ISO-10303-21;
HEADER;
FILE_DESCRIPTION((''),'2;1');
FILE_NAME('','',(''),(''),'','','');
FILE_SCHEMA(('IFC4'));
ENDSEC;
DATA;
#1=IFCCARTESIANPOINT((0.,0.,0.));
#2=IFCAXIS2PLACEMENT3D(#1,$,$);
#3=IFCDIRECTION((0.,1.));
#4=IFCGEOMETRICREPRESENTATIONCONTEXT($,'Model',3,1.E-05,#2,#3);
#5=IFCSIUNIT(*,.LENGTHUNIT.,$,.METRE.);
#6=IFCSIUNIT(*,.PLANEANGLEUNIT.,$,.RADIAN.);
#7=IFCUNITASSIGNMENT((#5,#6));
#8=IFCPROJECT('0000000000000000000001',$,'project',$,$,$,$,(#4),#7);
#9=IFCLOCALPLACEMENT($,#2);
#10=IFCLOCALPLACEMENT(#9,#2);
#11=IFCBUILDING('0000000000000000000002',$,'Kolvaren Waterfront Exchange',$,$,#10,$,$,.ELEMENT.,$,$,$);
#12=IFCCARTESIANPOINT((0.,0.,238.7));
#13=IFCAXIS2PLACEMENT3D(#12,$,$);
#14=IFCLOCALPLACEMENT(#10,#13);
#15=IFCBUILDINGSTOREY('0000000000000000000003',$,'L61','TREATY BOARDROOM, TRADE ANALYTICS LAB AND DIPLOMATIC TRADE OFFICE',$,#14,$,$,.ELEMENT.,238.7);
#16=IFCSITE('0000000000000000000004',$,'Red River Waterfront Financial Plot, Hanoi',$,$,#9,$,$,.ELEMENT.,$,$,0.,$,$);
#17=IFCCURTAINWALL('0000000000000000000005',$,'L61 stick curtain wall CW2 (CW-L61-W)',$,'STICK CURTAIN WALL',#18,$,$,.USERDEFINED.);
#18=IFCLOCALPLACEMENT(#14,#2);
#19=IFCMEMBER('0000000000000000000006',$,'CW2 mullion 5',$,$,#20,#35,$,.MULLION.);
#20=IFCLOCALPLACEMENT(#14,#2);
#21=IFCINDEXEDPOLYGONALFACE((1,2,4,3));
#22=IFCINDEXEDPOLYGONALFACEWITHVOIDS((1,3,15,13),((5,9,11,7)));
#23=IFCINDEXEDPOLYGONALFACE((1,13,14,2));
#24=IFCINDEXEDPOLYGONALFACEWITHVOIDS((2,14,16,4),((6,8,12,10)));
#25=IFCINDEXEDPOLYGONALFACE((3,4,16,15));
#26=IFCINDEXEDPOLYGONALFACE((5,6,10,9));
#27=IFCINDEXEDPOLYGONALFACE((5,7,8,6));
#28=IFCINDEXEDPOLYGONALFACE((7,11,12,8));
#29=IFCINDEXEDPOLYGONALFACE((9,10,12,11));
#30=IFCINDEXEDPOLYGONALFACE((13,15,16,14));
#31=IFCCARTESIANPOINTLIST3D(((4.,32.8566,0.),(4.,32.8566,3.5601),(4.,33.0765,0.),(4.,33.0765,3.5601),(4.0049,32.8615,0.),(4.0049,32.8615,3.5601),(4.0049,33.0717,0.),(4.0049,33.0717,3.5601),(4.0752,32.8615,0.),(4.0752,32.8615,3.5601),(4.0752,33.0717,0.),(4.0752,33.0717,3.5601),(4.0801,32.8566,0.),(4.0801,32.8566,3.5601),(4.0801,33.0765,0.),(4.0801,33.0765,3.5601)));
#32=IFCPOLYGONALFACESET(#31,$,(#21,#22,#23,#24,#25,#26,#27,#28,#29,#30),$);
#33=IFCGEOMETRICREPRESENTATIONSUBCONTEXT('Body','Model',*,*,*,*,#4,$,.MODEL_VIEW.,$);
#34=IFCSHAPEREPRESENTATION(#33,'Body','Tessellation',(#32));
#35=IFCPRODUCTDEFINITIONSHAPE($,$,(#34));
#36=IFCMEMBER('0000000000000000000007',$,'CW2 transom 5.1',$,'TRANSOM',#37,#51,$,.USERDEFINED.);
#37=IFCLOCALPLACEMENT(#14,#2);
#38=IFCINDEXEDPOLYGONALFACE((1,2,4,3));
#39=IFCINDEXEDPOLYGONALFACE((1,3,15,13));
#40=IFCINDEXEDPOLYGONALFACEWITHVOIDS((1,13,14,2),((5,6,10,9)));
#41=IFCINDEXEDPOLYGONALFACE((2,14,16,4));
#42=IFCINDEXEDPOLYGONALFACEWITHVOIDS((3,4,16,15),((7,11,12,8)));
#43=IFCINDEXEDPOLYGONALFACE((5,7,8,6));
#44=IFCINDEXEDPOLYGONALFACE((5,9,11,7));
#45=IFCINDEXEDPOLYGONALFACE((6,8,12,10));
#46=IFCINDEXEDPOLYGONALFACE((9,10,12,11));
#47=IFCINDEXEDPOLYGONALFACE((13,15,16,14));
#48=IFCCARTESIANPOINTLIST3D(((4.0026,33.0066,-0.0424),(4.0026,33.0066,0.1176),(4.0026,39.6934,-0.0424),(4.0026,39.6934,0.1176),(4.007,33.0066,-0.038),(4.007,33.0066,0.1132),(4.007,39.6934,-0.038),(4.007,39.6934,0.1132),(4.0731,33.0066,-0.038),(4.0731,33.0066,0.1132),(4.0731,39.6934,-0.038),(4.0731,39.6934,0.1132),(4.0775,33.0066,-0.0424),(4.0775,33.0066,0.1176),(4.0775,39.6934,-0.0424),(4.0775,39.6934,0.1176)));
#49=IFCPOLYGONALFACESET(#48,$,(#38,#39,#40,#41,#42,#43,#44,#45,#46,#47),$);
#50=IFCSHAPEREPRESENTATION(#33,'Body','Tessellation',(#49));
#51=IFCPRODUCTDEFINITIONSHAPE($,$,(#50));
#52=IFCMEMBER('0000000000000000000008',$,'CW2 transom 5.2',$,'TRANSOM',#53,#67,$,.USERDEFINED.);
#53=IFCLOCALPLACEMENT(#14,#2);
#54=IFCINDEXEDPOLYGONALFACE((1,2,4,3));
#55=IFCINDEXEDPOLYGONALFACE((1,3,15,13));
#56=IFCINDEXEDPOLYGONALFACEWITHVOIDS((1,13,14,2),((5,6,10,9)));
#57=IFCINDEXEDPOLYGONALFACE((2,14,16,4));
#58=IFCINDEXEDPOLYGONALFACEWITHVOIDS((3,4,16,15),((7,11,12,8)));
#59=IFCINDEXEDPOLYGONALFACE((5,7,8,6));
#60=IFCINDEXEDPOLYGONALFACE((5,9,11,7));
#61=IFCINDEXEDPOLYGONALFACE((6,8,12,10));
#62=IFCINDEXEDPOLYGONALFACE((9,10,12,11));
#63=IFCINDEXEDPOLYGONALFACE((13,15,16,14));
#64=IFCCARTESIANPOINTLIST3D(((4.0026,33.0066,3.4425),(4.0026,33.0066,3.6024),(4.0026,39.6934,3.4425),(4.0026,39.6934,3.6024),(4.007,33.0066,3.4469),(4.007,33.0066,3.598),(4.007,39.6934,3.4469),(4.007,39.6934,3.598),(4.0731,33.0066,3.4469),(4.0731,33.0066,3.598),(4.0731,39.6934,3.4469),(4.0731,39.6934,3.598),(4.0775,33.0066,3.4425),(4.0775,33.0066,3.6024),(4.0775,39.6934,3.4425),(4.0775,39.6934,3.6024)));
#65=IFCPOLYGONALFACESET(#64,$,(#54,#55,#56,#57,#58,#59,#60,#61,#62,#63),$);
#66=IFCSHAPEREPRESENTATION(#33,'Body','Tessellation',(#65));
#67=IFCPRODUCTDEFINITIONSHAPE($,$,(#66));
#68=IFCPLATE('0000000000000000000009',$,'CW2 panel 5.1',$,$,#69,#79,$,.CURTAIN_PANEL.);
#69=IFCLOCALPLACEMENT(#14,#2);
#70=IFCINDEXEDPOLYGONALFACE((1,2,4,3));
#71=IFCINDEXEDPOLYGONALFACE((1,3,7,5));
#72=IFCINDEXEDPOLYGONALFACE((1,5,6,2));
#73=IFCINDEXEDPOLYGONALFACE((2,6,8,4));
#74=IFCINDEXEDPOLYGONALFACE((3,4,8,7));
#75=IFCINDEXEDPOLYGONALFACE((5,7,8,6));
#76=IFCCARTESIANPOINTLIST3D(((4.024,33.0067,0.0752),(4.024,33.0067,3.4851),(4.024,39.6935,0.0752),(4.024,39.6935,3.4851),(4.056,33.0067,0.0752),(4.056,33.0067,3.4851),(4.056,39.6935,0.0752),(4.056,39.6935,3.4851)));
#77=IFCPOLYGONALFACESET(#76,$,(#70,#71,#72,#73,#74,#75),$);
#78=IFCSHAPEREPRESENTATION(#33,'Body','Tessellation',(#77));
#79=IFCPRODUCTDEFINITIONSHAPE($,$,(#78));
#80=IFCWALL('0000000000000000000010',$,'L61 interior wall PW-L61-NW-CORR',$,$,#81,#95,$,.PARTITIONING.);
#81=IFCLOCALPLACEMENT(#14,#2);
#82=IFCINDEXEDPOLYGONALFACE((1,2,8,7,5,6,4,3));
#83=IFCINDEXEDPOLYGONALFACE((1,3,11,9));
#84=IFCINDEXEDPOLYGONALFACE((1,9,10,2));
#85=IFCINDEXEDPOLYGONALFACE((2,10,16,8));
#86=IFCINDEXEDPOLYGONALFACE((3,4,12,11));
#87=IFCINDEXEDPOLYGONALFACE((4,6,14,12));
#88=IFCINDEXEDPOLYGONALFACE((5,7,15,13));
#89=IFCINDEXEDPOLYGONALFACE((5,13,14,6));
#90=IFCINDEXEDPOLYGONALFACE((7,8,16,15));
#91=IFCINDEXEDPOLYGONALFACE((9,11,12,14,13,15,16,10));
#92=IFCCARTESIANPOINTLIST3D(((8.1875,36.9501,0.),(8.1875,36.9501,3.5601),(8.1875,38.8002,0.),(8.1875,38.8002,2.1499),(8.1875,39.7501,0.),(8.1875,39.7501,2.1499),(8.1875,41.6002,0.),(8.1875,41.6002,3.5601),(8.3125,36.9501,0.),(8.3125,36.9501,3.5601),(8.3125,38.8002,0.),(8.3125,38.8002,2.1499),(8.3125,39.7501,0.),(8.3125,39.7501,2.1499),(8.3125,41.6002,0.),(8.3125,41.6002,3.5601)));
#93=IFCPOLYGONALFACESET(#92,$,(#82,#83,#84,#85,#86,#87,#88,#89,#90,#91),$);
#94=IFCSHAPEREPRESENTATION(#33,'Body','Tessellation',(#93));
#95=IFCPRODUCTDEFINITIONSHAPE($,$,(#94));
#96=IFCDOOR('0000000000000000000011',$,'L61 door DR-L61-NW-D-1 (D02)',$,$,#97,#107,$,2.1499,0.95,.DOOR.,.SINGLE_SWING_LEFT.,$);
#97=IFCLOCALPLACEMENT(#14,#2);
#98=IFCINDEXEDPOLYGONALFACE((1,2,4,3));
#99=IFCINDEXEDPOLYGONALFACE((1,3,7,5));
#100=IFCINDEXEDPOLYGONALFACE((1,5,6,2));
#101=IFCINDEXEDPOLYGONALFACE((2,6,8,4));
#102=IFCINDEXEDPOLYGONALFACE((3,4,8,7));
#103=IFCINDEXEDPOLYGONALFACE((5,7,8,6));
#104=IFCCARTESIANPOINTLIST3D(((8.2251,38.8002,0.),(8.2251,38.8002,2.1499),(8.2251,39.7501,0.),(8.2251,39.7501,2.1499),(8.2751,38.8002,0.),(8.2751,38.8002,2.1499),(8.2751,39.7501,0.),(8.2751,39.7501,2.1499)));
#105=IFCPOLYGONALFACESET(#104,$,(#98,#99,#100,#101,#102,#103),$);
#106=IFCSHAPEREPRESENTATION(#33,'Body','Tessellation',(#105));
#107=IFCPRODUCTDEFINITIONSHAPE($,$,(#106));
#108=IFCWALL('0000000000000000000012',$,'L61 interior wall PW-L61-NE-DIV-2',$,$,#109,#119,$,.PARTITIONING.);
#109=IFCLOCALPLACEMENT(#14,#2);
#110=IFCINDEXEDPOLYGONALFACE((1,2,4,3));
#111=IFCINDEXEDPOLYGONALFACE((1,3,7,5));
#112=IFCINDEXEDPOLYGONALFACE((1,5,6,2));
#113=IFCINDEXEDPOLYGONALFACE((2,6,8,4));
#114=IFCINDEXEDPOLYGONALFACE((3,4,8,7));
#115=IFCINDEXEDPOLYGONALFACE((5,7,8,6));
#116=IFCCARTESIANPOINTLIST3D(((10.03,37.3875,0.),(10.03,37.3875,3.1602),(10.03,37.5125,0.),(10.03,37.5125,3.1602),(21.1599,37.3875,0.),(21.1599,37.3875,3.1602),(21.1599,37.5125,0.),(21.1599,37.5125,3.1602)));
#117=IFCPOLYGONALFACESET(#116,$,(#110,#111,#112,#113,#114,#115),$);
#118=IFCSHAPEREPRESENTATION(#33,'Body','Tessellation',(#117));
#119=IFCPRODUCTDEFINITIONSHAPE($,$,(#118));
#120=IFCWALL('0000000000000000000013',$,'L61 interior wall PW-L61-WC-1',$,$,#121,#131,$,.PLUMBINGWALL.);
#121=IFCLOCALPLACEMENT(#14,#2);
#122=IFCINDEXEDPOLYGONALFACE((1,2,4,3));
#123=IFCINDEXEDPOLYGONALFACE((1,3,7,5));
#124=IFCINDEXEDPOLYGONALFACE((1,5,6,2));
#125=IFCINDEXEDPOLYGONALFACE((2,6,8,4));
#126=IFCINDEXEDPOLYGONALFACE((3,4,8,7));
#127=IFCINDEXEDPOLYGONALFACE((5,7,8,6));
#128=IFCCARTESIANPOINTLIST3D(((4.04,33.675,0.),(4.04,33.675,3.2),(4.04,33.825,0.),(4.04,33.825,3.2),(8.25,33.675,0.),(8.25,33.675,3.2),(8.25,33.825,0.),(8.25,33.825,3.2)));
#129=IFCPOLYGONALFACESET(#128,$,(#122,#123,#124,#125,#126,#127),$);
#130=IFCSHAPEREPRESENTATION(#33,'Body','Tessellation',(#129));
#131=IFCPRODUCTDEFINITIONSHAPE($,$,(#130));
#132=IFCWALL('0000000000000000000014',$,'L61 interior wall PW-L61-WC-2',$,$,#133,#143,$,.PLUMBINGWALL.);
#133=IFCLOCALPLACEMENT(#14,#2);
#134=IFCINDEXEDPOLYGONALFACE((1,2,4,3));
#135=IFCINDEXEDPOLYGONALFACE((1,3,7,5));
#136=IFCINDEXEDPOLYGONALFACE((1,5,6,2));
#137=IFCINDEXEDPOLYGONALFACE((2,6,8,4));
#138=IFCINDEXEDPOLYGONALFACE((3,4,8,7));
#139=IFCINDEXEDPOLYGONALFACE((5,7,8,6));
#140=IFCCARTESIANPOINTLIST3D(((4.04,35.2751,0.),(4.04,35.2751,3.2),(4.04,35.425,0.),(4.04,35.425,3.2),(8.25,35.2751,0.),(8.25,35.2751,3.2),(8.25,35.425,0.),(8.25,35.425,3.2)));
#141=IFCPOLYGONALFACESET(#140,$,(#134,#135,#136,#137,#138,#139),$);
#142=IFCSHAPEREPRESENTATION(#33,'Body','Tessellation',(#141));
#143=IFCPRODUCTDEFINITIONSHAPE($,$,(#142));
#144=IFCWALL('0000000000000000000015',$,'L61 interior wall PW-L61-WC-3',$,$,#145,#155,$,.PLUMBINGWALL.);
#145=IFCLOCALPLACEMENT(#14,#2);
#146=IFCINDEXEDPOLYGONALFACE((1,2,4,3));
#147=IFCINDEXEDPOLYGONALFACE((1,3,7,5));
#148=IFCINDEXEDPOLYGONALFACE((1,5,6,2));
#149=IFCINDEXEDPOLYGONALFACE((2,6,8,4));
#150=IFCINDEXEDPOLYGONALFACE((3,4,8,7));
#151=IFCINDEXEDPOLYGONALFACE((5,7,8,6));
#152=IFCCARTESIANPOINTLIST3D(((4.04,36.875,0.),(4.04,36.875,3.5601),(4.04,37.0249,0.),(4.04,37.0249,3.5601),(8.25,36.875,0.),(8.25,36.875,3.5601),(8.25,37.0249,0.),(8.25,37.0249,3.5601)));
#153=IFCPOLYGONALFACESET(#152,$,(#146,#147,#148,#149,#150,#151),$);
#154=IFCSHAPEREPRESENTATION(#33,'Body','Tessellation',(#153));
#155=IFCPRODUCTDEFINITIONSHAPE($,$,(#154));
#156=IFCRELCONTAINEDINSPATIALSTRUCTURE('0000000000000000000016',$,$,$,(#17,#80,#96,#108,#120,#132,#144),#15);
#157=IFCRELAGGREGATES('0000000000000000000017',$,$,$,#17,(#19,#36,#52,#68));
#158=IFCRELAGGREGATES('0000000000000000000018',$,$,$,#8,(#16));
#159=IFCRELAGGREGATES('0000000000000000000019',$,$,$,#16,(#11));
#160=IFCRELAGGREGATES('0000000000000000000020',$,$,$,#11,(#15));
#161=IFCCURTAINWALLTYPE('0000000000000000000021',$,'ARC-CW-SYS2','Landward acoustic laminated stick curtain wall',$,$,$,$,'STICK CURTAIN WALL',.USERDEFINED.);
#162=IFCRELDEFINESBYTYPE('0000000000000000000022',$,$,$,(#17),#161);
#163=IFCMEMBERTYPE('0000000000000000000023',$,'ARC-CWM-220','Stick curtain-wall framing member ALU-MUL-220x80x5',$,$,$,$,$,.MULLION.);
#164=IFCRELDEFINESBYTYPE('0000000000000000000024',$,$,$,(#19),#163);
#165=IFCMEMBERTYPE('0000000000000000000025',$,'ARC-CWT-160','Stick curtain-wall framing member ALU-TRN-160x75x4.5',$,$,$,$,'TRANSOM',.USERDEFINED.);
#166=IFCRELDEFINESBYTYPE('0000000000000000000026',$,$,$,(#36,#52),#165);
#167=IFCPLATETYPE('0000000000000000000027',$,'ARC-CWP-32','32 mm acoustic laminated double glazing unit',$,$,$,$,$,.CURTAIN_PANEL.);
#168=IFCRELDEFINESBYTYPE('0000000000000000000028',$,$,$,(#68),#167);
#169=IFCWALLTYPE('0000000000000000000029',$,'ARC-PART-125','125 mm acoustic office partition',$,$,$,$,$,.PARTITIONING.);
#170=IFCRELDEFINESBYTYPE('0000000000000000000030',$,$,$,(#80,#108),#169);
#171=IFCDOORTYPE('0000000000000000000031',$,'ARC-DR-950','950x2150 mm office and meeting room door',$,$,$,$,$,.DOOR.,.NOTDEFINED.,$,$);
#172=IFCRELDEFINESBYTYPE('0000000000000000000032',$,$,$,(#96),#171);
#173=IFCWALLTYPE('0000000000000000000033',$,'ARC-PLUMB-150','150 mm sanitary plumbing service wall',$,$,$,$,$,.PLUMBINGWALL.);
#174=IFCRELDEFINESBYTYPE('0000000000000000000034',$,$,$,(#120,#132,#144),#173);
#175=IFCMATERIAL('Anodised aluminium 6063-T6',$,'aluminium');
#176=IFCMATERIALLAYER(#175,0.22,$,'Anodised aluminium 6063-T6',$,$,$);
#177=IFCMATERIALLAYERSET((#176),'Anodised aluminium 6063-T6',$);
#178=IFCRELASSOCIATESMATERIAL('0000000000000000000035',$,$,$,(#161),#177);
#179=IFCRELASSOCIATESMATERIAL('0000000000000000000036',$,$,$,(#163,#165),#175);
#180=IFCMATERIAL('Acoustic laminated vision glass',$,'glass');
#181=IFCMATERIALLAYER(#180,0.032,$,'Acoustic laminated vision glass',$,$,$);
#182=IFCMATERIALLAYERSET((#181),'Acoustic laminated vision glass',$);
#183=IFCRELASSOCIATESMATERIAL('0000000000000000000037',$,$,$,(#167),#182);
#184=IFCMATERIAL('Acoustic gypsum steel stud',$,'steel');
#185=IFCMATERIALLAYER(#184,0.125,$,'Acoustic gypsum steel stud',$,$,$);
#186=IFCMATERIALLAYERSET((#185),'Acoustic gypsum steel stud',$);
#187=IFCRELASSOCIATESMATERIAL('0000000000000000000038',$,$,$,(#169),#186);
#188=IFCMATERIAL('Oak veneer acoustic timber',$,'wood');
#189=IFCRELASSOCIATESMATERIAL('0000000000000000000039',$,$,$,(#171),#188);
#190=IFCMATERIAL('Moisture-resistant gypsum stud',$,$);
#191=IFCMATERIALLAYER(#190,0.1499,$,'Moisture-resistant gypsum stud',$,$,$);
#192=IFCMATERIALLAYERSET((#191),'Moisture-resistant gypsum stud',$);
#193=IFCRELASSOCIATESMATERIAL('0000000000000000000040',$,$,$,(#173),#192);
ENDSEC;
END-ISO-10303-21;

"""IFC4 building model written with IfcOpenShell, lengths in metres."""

from ifc_helpers import new_model, si_unit, direction, frame, frame_2d, origin, origin_with_axes, origin_2d, place, context, subcontext, project, spatial, rectangle, hollow_rectangle, extrude, source, transform, mapped, material, layer, layer_set, material_profile, profile_set, type_object, element, fill, aggregate, save


model = new_model("IFC4")

# Units and contexts
model_context = context("Model", 3, precision=1e-05, world=origin(), true_north=direction((0.0, 1.0)))
body_context = subcontext(model_context, "Body", "Model", "MODEL_VIEW")
ifc_project = project(units=[si_unit("LENGTHUNIT", "METRE"), si_unit("PLANEANGLEUNIT", "RADIAN")], contexts=[model_context])

# Site, building, storey
site_placement = place(None, origin())
site = spatial("IfcSite", under=ifc_project, at=site_placement, Name="Red River Waterfront Financial Plot, Hanoi", CompositionType="ELEMENT", RefElevation=0.0)
building_placement = place(site_placement, origin())
building = spatial("IfcBuilding", under=site, at=building_placement, Name="Kolvaren Waterfront Exchange", CompositionType="ELEMENT")
storey_placement = place(building_placement, frame((0.0, 0.0, 238.7)))
storey = spatial("IfcBuildingStorey", under=building, at=storey_placement, Name="L61", Description="TREATY BOARDROOM, TRADE ANALYTICS LAB AND DIPLOMATIC TRADE OFFICE", CompositionType="ELEMENT", Elevation=238.7)

# Curtain wall, members, plate
ifc_material_1 = material(Name="Anodised aluminium 6063-T6", Category="aluminium")
ifc_layer_1 = layer(ifc_material_1, 0.22, Name="Anodised aluminium 6063-T6")
ifc_layer_set_1 = layer_set([ifc_layer_1], Name="Anodised aluminium 6063-T6")
curtain_wall_type = type_object("IfcCurtainWallType", Name="ARC-CW-SYS2", Description="Landward acoustic laminated stick curtain wall", ElementType="STICK CURTAIN WALL", PredefinedType="USERDEFINED", material=ifc_layer_set_1)
curtain_wall_placement = place(storey_placement, origin())
curtain_wall = element("IfcCurtainWall", 1, at=curtain_wall_placement, inside=storey, type_object=curtain_wall_type, Name="L61 stick curtain wall CW2 (CW-L61-W)", ObjectType="STICK CURTAIN WALL", PredefinedType="USERDEFINED")
ifc_material_profile_1 = material_profile(ifc_material_1, hollow_rectangle(XDim=0.0801, YDim=0.22, WallThickness=0.0049, at=origin_2d()), Name="ALU-MUL-220x80x5")
ifc_profile_set_1 = profile_set([ifc_material_profile_1], Name="Anodised aluminium 6063-T6")
member_type_1 = type_object("IfcMemberType", Name="ARC-CWM-220", Description="Stick curtain-wall framing member ALU-MUL-220x80x5", PredefinedType="MULLION", material=ifc_profile_set_1)
shared_shape_1 = source(origin_with_axes(), body_context, "Body", "SweptSolid", [
    extrude(hollow_rectangle(XDim=0.0801, YDim=0.22, WallThickness=0.0049, at=origin_2d()), origin(), (0.0, 0.0, 1.0), 3.5601),
])
member_1_placement = place(storey_placement, frame((4.04, 32.9666, 0.0), z_axis=(0.0, 0.0, 1.0), x_axis=(-1.0, 0.0, 0.0)))
member_1 = element("IfcMember", 2, at=member_1_placement, type_object=member_type_1, Name="CW2 mullion 5", PredefinedType="MULLION", context=body_context, shape_type="MappedRepresentation", body=[
    mapped(shared_shape_1, transform((0.0, 0.0, 0.0), x_axis=(1.0, 0.0, 0.0), y_axis=(0.0, 1.0, 0.0), z_axis=(0.0, 0.0, 1.0), scale=1.0)),
])
ifc_material_profile_2 = material_profile(ifc_material_1, hollow_rectangle(XDim=0.075, YDim=0.1599, WallThickness=0.0044, at=origin_2d()), Name="ALU-TRN-160x75x4.5")
ifc_profile_set_2 = profile_set([ifc_material_profile_2], Name="Anodised aluminium 6063-T6")
member_type_2 = type_object("IfcMemberType", Name="ARC-CWT-160", Description="Stick curtain-wall framing member ALU-TRN-160x75x4.5", ElementType="TRANSOM", PredefinedType="USERDEFINED", material=ifc_profile_set_2)
shared_shape_2 = source(origin_with_axes(), body_context, "Body", "SweptSolid", [
    extrude(hollow_rectangle(XDim=0.075, YDim=0.1599, WallThickness=0.0044, at=origin_2d()), origin(), (0.0, 0.0, 1.0), 6.6868),
])
member_2_placement = place(storey_placement, frame((4.04, 33.0066, 0.0376), z_axis=(0.0, 1.0, 0.0), x_axis=(-1.0, 0.0, 0.0)))
member_2 = element("IfcMember", 3, at=member_2_placement, type_object=member_type_2, Name="CW2 transom 5.1", ObjectType="TRANSOM", PredefinedType="USERDEFINED", context=body_context, shape_type="MappedRepresentation", body=[
    mapped(shared_shape_2, transform((0.0, 0.0, 0.0), x_axis=(1.0, 0.0, 0.0), y_axis=(0.0, 1.0, 0.0), z_axis=(0.0, 0.0, 1.0), scale=1.0)),
])
member_3_placement = place(storey_placement, frame((4.04, 33.0066, 3.5225), z_axis=(0.0, 1.0, 0.0), x_axis=(-1.0, 0.0, 0.0)))
member_3 = element("IfcMember", 4, at=member_3_placement, type_object=member_type_2, Name="CW2 transom 5.2", ObjectType="TRANSOM", PredefinedType="USERDEFINED", context=body_context, shape_type="MappedRepresentation", body=[
    mapped(shared_shape_2, transform((0.0, 0.0, 0.0), x_axis=(1.0, 0.0, 0.0), y_axis=(0.0, 1.0, 0.0), z_axis=(0.0, 0.0, 1.0), scale=1.0)),
])
ifc_material_2 = material(Name="Acoustic laminated vision glass", Category="glass")
ifc_layer_2 = layer(ifc_material_2, 0.032, Name="Acoustic laminated vision glass")
ifc_layer_set_2 = layer_set([ifc_layer_2], Name="Acoustic laminated vision glass")
plate_type = type_object("IfcPlateType", Name="ARC-CWP-32", Description="32 mm acoustic laminated double glazing unit", PredefinedType="CURTAIN_PANEL", material=ifc_layer_set_2)
shared_shape_3 = source(origin_with_axes(), body_context, "Body", "SweptSolid", [
    extrude(rectangle(XDim=6.6868, YDim=0.032, at=origin_2d()), origin(), (0.0, 0.0, 1.0), 3.4099),
])
plate_placement = place(storey_placement, frame((4.04, 36.3501, 0.0752), z_axis=(0.0, 0.0, 1.0), x_axis=(0.0, 1.0, 0.0)))
plate = element("IfcPlate", 5, at=plate_placement, type_object=plate_type, Name="CW2 panel 5.1", PredefinedType="CURTAIN_PANEL", context=body_context, shape_type="MappedRepresentation", body=[
    mapped(shared_shape_3, transform((0.0, 0.0, 0.0), x_axis=(1.0, 0.0, 0.0), y_axis=(0.0, 1.0, 0.0), z_axis=(0.0, 0.0, 1.0), scale=1.0)),
])
aggregate(curtain_wall, [member_1, member_2, member_3, plate])

# Wall, opening, door
ifc_material_3 = material(Name="Acoustic gypsum steel stud", Category="steel")
ifc_layer_3 = layer(ifc_material_3, 0.125, Name="Acoustic gypsum steel stud")
ifc_layer_set_3 = layer_set([ifc_layer_3], Name="Acoustic gypsum steel stud")
wall_type_1 = type_object("IfcWallType", Name="ARC-PART-125", Description="125 mm acoustic office partition", PredefinedType="PARTITIONING", material=ifc_layer_set_3)
wall_1_placement = place(storey_placement, frame((8.25, 36.95, 0.0), z_axis=(0.0, 0.0, 1.0), x_axis=(0.0, 1.0, 0.0)))
wall_1 = element("IfcWall", 6, at=wall_1_placement, inside=storey, type_object=wall_type_1, Name="L61 interior wall PW-L61-NW-CORR", PredefinedType="PARTITIONING", context=body_context, shape_type="SweptSolid", body=[
    extrude(rectangle(XDim=4.6501, YDim=0.125, at=frame_2d((2.3252, 0.0))), origin(), (0.0, 0.0, 1.0), 3.5601),
])
opening_placement = place(wall_1_placement, frame((1.8501, 0.0, 0.0)))
opening = element("IfcOpeningElement", 7, at=opening_placement, cuts=wall_1, PredefinedType="OPENING", context=body_context, shape_type="SweptSolid", body=[
    extrude(rectangle(XDim=0.95, YDim=2.1499, at=frame_2d((0.4751, 1.075))), frame((0.0, 0.0725, 0.0), z_axis=(0.0, -1.0, 0.0), x_axis=(1.0, 0.0, 0.0)), (0.0, 0.0, 1.0), 0.145),
])
ifc_material_4 = material(Name="Oak veneer acoustic timber", Category="wood")
door_type = type_object("IfcDoorType", Name="ARC-DR-950", Description="950x2150 mm office and meeting room door", OperationType="NOTDEFINED", PredefinedType="DOOR", material=ifc_material_4)
door_placement = place(opening_placement, origin())
door = element("IfcDoor", 8, at=door_placement, inside=storey, type_object=door_type, Name="L61 door DR-L61-NW-D-1 (D02)", OperationType="SINGLE_SWING_LEFT", OverallHeight=2.1499, OverallWidth=0.95, PredefinedType="DOOR", context=body_context, shape_type="SweptSolid", body=[
    extrude(rectangle(XDim=0.95, YDim=2.1499, at=frame_2d((0.4751, 1.075))), frame((0.0, 0.0249, 0.0), z_axis=(0.0, -1.0, 0.0), x_axis=(1.0, 0.0, 0.0)), (0.0, 0.0, 1.0), 0.05),
])
fill(opening, door)

# Walls
wall_2_placement = place(storey_placement, frame((10.03, 37.45, 0.0), z_axis=(0.0, 0.0, 1.0), x_axis=(1.0, 0.0, 0.0)))
element("IfcWall", 9, at=wall_2_placement, inside=storey, type_object=wall_type_1, Name="L61 interior wall PW-L61-NE-DIV-2", PredefinedType="PARTITIONING", context=body_context, shape_type="SweptSolid", body=[
    extrude(rectangle(XDim=11.1299, YDim=0.125, at=frame_2d((5.5649, 0.0))), origin(), (0.0, 0.0, 1.0), 3.1602),
])
ifc_material_5 = material(Name="Moisture-resistant gypsum stud")
ifc_layer_4 = layer(ifc_material_5, 0.1499, Name="Moisture-resistant gypsum stud")
ifc_layer_set_4 = layer_set([ifc_layer_4], Name="Moisture-resistant gypsum stud")
wall_type_2 = type_object("IfcWallType", Name="ARC-PLUMB-150", Description="150 mm sanitary plumbing service wall", PredefinedType="PLUMBINGWALL", material=ifc_layer_set_4)
for number, where, z_axis, x_axis, name in (
    (10, (4.04, 33.75, 0.0), (0.0, 0.0, 1.0), (1.0, 0.0, 0.0), "L61 interior wall PW-L61-WC-1"),
    (11, (4.04, 35.3501, 0.0), (0.0, 0.0, 1.0), (1.0, 0.0, 0.0), "L61 interior wall PW-L61-WC-2"),
):
    element("IfcWall", number, at=place(storey_placement, frame(where, z_axis=z_axis, x_axis=x_axis)), inside=storey, type_object=wall_type_2, Name=name, PredefinedType="PLUMBINGWALL", context=body_context, shape_type="SweptSolid", body=[
        extrude(rectangle(XDim=4.21, YDim=0.1499, at=frame_2d((2.105, 0.0))), origin(), (0.0, 0.0, 1.0), 3.2),
    ])
wall_3_placement = place(storey_placement, frame((4.04, 36.95, 0.0), z_axis=(0.0, 0.0, 1.0), x_axis=(1.0, 0.0, 0.0)))
element("IfcWall", 12, at=wall_3_placement, inside=storey, type_object=wall_type_2, Name="L61 interior wall PW-L61-WC-3", PredefinedType="PLUMBINGWALL", context=body_context, shape_type="SweptSolid", body=[
    extrude(rectangle(XDim=4.21, YDim=0.1499, at=frame_2d((2.105, 0.0))), origin(), (0.0, 0.0, 1.0), 3.5601),
])

save(model, "model.ifc")
